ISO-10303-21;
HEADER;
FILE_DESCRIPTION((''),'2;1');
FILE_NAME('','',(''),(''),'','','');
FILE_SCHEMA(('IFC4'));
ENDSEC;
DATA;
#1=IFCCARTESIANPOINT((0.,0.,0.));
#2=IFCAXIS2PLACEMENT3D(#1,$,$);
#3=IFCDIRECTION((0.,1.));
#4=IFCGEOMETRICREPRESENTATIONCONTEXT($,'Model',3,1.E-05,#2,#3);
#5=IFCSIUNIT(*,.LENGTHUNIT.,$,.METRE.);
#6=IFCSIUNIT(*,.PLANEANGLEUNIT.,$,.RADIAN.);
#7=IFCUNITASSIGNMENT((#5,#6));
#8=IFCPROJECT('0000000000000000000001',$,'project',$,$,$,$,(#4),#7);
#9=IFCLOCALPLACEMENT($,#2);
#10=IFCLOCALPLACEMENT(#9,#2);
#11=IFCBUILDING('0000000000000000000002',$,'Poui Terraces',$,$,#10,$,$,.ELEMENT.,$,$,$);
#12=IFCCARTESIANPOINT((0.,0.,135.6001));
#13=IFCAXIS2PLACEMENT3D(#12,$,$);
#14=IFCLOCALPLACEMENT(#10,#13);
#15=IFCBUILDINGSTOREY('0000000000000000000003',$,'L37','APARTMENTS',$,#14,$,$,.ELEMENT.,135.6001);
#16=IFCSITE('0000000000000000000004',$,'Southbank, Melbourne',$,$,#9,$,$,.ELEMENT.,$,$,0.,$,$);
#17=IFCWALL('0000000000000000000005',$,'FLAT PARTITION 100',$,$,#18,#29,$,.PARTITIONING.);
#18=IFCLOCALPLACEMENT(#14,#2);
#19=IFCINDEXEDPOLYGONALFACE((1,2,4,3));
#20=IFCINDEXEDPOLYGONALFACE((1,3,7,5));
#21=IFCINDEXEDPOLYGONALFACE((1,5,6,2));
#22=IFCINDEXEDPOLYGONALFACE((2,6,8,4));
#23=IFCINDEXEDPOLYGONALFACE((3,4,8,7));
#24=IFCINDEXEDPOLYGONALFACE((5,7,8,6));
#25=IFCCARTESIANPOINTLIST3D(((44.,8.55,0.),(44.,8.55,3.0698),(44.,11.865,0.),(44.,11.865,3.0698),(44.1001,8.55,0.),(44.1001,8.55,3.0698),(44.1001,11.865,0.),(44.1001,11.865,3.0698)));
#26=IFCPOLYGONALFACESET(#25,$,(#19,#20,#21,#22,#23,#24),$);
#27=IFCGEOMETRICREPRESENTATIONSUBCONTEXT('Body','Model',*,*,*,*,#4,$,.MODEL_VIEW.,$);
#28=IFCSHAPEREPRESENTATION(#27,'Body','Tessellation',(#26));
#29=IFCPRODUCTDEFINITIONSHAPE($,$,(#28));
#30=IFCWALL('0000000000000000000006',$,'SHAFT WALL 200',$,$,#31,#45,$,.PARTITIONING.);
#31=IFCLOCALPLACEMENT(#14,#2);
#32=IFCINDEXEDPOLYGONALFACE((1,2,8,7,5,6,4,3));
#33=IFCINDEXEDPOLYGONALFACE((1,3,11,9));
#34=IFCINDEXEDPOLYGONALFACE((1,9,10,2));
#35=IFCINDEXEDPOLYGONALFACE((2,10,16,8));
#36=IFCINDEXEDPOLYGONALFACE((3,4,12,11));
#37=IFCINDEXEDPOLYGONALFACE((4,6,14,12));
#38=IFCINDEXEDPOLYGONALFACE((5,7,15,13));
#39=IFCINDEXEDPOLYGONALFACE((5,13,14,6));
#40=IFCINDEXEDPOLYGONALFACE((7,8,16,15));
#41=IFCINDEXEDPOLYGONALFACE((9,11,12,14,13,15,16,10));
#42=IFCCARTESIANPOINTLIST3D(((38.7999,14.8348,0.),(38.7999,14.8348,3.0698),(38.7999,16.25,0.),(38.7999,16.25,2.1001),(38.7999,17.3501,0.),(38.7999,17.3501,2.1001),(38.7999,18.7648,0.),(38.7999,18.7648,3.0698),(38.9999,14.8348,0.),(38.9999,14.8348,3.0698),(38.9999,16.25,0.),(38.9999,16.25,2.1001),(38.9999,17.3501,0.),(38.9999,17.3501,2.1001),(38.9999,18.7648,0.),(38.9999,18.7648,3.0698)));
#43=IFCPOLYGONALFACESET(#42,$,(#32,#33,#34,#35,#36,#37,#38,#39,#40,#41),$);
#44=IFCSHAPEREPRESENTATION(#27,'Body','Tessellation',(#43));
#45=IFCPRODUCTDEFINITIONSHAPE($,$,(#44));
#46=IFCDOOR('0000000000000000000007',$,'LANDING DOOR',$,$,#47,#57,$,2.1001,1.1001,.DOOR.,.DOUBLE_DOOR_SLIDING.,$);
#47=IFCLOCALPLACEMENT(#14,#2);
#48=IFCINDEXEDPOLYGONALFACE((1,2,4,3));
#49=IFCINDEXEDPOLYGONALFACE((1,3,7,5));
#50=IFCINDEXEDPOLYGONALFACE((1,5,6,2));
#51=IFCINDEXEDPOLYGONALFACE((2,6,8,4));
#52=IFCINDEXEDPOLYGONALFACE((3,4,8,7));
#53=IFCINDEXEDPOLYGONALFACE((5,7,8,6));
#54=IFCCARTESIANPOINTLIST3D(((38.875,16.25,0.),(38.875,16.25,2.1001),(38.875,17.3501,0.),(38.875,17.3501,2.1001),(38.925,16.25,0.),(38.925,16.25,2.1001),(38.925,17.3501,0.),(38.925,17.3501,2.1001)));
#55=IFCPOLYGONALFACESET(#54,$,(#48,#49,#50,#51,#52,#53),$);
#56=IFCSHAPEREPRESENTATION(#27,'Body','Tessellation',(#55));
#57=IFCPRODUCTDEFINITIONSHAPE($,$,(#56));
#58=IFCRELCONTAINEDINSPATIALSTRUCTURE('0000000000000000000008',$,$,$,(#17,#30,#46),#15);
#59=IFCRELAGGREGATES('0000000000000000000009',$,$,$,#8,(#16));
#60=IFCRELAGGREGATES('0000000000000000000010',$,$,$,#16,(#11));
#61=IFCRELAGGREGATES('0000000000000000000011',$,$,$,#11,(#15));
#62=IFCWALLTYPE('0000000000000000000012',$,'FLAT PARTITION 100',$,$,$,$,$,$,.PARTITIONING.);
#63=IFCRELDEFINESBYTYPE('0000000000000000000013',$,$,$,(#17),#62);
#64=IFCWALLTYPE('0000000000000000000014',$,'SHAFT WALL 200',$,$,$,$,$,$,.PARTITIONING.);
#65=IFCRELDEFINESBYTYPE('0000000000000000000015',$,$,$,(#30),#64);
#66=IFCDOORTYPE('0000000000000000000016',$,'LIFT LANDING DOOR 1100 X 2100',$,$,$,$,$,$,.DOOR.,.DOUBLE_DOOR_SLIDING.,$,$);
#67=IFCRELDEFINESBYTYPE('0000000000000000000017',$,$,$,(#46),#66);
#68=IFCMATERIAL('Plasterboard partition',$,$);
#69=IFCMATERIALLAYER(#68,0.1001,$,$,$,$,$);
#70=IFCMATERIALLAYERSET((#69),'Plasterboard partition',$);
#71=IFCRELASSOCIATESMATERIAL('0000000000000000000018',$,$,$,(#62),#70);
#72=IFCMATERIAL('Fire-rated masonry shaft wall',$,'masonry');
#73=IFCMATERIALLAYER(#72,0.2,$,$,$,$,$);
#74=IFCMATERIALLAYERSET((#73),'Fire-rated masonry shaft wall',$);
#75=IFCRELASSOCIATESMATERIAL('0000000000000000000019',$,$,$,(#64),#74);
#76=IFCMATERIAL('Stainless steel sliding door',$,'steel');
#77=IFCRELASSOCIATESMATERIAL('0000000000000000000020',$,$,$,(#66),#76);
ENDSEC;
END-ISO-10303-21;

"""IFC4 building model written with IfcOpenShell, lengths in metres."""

from ifc_helpers import new_model, si_unit, direction, frame, frame_2d, origin, place, context, subcontext, project, spatial, rectangle, extrude, material, layer, layer_set, type_object, element, fill, save


model = new_model("IFC4")

# Units and contexts
model_context = context("Model", 3, precision=1e-05, world=origin(), true_north=direction((0.0, 1.0)))
body_context = subcontext(model_context, "Body", "Model", "MODEL_VIEW")
ifc_project = project(units=[si_unit("LENGTHUNIT", "METRE"), si_unit("PLANEANGLEUNIT", "RADIAN")], contexts=[model_context])

# Site, building, storey
site_placement = place(None, origin())
site = spatial("IfcSite", under=ifc_project, at=site_placement, Name="Southbank, Melbourne", CompositionType="ELEMENT", RefElevation=0.0)
building_placement = place(site_placement, origin())
building = spatial("IfcBuilding", under=site, at=building_placement, Name="Poui Terraces", CompositionType="ELEMENT")
storey_placement = place(building_placement, frame((0.0, 0.0, 135.6001)))
storey = spatial("IfcBuildingStorey", under=building, at=storey_placement, Name="L37", Description="APARTMENTS", CompositionType="ELEMENT", Elevation=135.6001)

# Shared definitions
ifc_material_1 = material(Name="Plasterboard partition")
ifc_layer_1 = layer(ifc_material_1, 0.1001)
ifc_layer_set_1 = layer_set([ifc_layer_1], Name="Plasterboard partition")
wall_type_1 = type_object("IfcWallType", Name="FLAT PARTITION 100", PredefinedType="PARTITIONING", material=ifc_layer_set_1)

# Wall
wall_1_placement = place(storey_placement, frame((44.05, 8.55, 0.0), z_axis=(0.0, 0.0, 1.0), x_axis=(0.0, 1.0, 0.0)))
element("IfcWall", 1, at=wall_1_placement, inside=storey, type_object=wall_type_1, Name="FLAT PARTITION 100", PredefinedType="PARTITIONING", context=body_context, shape_type="SweptSolid", body=[
    extrude(rectangle(XDim=3.3149, YDim=0.1001, at=frame_2d((1.6575, 0.0))), origin(), (0.0, 0.0, 1.0), 3.0698),
])

# Wall, opening, door
ifc_material_2 = material(Name="Fire-rated masonry shaft wall", Category="masonry")
ifc_layer_2 = layer(ifc_material_2, 0.2)
ifc_layer_set_2 = layer_set([ifc_layer_2], Name="Fire-rated masonry shaft wall")
wall_type_2 = type_object("IfcWallType", Name="SHAFT WALL 200", PredefinedType="PARTITIONING", material=ifc_layer_set_2)
wall_2_placement = place(storey_placement, frame((38.8999, 14.835, 0.0), z_axis=(0.0, 0.0, 1.0), x_axis=(0.0, 1.0, 0.0)))
wall_2 = element("IfcWall", 2, at=wall_2_placement, inside=storey, type_object=wall_type_2, Name="SHAFT WALL 200", PredefinedType="PARTITIONING", context=body_context, shape_type="SweptSolid", body=[
    extrude(rectangle(XDim=3.9299, YDim=0.2, at=frame_2d((1.9648, 0.0))), origin(), (0.0, 0.0, 1.0), 3.0698),
])
opening_1_placement = place(wall_2_placement, frame((1.415, 0.0, 0.0)))
opening_1 = element("IfcOpeningElement", 3, at=opening_1_placement, cuts=wall_2, PredefinedType="OPENING", context=body_context, shape_type="SweptSolid", body=[
    extrude(rectangle(XDim=1.1001, YDim=2.1001, at=frame_2d((0.55, 1.05))), frame((0.0, 0.1099, 0.0), z_axis=(0.0, -1.0, 0.0), x_axis=(1.0, 0.0, 0.0)), (0.0, 0.0, 1.0), 0.22),
])
ifc_material_3 = material(Name="Stainless steel sliding door", Category="steel")
door_type_1 = type_object("IfcDoorType", Name="LIFT LANDING DOOR 1100 X 2100", OperationType="DOUBLE_DOOR_SLIDING", PredefinedType="DOOR", material=ifc_material_3)
door_1_placement = place(opening_1_placement, origin())
door_1 = element("IfcDoor", 4, at=door_1_placement, inside=storey, type_object=door_type_1, Name="LANDING DOOR", OperationType="DOUBLE_DOOR_SLIDING", OverallHeight=2.1001, OverallWidth=1.1001, PredefinedType="DOOR", context=body_context, shape_type="SweptSolid", body=[
    extrude(rectangle(XDim=1.1001, YDim=2.1001, at=frame_2d((0.55, 1.05))), frame((0.0, 0.0249, 0.0), z_axis=(0.0, -1.0, 0.0), x_axis=(1.0, 0.0, 0.0)), (0.0, 0.0, 1.0), 0.05),
])
fill(opening_1, door_1)

save(model, "model.ifc")
